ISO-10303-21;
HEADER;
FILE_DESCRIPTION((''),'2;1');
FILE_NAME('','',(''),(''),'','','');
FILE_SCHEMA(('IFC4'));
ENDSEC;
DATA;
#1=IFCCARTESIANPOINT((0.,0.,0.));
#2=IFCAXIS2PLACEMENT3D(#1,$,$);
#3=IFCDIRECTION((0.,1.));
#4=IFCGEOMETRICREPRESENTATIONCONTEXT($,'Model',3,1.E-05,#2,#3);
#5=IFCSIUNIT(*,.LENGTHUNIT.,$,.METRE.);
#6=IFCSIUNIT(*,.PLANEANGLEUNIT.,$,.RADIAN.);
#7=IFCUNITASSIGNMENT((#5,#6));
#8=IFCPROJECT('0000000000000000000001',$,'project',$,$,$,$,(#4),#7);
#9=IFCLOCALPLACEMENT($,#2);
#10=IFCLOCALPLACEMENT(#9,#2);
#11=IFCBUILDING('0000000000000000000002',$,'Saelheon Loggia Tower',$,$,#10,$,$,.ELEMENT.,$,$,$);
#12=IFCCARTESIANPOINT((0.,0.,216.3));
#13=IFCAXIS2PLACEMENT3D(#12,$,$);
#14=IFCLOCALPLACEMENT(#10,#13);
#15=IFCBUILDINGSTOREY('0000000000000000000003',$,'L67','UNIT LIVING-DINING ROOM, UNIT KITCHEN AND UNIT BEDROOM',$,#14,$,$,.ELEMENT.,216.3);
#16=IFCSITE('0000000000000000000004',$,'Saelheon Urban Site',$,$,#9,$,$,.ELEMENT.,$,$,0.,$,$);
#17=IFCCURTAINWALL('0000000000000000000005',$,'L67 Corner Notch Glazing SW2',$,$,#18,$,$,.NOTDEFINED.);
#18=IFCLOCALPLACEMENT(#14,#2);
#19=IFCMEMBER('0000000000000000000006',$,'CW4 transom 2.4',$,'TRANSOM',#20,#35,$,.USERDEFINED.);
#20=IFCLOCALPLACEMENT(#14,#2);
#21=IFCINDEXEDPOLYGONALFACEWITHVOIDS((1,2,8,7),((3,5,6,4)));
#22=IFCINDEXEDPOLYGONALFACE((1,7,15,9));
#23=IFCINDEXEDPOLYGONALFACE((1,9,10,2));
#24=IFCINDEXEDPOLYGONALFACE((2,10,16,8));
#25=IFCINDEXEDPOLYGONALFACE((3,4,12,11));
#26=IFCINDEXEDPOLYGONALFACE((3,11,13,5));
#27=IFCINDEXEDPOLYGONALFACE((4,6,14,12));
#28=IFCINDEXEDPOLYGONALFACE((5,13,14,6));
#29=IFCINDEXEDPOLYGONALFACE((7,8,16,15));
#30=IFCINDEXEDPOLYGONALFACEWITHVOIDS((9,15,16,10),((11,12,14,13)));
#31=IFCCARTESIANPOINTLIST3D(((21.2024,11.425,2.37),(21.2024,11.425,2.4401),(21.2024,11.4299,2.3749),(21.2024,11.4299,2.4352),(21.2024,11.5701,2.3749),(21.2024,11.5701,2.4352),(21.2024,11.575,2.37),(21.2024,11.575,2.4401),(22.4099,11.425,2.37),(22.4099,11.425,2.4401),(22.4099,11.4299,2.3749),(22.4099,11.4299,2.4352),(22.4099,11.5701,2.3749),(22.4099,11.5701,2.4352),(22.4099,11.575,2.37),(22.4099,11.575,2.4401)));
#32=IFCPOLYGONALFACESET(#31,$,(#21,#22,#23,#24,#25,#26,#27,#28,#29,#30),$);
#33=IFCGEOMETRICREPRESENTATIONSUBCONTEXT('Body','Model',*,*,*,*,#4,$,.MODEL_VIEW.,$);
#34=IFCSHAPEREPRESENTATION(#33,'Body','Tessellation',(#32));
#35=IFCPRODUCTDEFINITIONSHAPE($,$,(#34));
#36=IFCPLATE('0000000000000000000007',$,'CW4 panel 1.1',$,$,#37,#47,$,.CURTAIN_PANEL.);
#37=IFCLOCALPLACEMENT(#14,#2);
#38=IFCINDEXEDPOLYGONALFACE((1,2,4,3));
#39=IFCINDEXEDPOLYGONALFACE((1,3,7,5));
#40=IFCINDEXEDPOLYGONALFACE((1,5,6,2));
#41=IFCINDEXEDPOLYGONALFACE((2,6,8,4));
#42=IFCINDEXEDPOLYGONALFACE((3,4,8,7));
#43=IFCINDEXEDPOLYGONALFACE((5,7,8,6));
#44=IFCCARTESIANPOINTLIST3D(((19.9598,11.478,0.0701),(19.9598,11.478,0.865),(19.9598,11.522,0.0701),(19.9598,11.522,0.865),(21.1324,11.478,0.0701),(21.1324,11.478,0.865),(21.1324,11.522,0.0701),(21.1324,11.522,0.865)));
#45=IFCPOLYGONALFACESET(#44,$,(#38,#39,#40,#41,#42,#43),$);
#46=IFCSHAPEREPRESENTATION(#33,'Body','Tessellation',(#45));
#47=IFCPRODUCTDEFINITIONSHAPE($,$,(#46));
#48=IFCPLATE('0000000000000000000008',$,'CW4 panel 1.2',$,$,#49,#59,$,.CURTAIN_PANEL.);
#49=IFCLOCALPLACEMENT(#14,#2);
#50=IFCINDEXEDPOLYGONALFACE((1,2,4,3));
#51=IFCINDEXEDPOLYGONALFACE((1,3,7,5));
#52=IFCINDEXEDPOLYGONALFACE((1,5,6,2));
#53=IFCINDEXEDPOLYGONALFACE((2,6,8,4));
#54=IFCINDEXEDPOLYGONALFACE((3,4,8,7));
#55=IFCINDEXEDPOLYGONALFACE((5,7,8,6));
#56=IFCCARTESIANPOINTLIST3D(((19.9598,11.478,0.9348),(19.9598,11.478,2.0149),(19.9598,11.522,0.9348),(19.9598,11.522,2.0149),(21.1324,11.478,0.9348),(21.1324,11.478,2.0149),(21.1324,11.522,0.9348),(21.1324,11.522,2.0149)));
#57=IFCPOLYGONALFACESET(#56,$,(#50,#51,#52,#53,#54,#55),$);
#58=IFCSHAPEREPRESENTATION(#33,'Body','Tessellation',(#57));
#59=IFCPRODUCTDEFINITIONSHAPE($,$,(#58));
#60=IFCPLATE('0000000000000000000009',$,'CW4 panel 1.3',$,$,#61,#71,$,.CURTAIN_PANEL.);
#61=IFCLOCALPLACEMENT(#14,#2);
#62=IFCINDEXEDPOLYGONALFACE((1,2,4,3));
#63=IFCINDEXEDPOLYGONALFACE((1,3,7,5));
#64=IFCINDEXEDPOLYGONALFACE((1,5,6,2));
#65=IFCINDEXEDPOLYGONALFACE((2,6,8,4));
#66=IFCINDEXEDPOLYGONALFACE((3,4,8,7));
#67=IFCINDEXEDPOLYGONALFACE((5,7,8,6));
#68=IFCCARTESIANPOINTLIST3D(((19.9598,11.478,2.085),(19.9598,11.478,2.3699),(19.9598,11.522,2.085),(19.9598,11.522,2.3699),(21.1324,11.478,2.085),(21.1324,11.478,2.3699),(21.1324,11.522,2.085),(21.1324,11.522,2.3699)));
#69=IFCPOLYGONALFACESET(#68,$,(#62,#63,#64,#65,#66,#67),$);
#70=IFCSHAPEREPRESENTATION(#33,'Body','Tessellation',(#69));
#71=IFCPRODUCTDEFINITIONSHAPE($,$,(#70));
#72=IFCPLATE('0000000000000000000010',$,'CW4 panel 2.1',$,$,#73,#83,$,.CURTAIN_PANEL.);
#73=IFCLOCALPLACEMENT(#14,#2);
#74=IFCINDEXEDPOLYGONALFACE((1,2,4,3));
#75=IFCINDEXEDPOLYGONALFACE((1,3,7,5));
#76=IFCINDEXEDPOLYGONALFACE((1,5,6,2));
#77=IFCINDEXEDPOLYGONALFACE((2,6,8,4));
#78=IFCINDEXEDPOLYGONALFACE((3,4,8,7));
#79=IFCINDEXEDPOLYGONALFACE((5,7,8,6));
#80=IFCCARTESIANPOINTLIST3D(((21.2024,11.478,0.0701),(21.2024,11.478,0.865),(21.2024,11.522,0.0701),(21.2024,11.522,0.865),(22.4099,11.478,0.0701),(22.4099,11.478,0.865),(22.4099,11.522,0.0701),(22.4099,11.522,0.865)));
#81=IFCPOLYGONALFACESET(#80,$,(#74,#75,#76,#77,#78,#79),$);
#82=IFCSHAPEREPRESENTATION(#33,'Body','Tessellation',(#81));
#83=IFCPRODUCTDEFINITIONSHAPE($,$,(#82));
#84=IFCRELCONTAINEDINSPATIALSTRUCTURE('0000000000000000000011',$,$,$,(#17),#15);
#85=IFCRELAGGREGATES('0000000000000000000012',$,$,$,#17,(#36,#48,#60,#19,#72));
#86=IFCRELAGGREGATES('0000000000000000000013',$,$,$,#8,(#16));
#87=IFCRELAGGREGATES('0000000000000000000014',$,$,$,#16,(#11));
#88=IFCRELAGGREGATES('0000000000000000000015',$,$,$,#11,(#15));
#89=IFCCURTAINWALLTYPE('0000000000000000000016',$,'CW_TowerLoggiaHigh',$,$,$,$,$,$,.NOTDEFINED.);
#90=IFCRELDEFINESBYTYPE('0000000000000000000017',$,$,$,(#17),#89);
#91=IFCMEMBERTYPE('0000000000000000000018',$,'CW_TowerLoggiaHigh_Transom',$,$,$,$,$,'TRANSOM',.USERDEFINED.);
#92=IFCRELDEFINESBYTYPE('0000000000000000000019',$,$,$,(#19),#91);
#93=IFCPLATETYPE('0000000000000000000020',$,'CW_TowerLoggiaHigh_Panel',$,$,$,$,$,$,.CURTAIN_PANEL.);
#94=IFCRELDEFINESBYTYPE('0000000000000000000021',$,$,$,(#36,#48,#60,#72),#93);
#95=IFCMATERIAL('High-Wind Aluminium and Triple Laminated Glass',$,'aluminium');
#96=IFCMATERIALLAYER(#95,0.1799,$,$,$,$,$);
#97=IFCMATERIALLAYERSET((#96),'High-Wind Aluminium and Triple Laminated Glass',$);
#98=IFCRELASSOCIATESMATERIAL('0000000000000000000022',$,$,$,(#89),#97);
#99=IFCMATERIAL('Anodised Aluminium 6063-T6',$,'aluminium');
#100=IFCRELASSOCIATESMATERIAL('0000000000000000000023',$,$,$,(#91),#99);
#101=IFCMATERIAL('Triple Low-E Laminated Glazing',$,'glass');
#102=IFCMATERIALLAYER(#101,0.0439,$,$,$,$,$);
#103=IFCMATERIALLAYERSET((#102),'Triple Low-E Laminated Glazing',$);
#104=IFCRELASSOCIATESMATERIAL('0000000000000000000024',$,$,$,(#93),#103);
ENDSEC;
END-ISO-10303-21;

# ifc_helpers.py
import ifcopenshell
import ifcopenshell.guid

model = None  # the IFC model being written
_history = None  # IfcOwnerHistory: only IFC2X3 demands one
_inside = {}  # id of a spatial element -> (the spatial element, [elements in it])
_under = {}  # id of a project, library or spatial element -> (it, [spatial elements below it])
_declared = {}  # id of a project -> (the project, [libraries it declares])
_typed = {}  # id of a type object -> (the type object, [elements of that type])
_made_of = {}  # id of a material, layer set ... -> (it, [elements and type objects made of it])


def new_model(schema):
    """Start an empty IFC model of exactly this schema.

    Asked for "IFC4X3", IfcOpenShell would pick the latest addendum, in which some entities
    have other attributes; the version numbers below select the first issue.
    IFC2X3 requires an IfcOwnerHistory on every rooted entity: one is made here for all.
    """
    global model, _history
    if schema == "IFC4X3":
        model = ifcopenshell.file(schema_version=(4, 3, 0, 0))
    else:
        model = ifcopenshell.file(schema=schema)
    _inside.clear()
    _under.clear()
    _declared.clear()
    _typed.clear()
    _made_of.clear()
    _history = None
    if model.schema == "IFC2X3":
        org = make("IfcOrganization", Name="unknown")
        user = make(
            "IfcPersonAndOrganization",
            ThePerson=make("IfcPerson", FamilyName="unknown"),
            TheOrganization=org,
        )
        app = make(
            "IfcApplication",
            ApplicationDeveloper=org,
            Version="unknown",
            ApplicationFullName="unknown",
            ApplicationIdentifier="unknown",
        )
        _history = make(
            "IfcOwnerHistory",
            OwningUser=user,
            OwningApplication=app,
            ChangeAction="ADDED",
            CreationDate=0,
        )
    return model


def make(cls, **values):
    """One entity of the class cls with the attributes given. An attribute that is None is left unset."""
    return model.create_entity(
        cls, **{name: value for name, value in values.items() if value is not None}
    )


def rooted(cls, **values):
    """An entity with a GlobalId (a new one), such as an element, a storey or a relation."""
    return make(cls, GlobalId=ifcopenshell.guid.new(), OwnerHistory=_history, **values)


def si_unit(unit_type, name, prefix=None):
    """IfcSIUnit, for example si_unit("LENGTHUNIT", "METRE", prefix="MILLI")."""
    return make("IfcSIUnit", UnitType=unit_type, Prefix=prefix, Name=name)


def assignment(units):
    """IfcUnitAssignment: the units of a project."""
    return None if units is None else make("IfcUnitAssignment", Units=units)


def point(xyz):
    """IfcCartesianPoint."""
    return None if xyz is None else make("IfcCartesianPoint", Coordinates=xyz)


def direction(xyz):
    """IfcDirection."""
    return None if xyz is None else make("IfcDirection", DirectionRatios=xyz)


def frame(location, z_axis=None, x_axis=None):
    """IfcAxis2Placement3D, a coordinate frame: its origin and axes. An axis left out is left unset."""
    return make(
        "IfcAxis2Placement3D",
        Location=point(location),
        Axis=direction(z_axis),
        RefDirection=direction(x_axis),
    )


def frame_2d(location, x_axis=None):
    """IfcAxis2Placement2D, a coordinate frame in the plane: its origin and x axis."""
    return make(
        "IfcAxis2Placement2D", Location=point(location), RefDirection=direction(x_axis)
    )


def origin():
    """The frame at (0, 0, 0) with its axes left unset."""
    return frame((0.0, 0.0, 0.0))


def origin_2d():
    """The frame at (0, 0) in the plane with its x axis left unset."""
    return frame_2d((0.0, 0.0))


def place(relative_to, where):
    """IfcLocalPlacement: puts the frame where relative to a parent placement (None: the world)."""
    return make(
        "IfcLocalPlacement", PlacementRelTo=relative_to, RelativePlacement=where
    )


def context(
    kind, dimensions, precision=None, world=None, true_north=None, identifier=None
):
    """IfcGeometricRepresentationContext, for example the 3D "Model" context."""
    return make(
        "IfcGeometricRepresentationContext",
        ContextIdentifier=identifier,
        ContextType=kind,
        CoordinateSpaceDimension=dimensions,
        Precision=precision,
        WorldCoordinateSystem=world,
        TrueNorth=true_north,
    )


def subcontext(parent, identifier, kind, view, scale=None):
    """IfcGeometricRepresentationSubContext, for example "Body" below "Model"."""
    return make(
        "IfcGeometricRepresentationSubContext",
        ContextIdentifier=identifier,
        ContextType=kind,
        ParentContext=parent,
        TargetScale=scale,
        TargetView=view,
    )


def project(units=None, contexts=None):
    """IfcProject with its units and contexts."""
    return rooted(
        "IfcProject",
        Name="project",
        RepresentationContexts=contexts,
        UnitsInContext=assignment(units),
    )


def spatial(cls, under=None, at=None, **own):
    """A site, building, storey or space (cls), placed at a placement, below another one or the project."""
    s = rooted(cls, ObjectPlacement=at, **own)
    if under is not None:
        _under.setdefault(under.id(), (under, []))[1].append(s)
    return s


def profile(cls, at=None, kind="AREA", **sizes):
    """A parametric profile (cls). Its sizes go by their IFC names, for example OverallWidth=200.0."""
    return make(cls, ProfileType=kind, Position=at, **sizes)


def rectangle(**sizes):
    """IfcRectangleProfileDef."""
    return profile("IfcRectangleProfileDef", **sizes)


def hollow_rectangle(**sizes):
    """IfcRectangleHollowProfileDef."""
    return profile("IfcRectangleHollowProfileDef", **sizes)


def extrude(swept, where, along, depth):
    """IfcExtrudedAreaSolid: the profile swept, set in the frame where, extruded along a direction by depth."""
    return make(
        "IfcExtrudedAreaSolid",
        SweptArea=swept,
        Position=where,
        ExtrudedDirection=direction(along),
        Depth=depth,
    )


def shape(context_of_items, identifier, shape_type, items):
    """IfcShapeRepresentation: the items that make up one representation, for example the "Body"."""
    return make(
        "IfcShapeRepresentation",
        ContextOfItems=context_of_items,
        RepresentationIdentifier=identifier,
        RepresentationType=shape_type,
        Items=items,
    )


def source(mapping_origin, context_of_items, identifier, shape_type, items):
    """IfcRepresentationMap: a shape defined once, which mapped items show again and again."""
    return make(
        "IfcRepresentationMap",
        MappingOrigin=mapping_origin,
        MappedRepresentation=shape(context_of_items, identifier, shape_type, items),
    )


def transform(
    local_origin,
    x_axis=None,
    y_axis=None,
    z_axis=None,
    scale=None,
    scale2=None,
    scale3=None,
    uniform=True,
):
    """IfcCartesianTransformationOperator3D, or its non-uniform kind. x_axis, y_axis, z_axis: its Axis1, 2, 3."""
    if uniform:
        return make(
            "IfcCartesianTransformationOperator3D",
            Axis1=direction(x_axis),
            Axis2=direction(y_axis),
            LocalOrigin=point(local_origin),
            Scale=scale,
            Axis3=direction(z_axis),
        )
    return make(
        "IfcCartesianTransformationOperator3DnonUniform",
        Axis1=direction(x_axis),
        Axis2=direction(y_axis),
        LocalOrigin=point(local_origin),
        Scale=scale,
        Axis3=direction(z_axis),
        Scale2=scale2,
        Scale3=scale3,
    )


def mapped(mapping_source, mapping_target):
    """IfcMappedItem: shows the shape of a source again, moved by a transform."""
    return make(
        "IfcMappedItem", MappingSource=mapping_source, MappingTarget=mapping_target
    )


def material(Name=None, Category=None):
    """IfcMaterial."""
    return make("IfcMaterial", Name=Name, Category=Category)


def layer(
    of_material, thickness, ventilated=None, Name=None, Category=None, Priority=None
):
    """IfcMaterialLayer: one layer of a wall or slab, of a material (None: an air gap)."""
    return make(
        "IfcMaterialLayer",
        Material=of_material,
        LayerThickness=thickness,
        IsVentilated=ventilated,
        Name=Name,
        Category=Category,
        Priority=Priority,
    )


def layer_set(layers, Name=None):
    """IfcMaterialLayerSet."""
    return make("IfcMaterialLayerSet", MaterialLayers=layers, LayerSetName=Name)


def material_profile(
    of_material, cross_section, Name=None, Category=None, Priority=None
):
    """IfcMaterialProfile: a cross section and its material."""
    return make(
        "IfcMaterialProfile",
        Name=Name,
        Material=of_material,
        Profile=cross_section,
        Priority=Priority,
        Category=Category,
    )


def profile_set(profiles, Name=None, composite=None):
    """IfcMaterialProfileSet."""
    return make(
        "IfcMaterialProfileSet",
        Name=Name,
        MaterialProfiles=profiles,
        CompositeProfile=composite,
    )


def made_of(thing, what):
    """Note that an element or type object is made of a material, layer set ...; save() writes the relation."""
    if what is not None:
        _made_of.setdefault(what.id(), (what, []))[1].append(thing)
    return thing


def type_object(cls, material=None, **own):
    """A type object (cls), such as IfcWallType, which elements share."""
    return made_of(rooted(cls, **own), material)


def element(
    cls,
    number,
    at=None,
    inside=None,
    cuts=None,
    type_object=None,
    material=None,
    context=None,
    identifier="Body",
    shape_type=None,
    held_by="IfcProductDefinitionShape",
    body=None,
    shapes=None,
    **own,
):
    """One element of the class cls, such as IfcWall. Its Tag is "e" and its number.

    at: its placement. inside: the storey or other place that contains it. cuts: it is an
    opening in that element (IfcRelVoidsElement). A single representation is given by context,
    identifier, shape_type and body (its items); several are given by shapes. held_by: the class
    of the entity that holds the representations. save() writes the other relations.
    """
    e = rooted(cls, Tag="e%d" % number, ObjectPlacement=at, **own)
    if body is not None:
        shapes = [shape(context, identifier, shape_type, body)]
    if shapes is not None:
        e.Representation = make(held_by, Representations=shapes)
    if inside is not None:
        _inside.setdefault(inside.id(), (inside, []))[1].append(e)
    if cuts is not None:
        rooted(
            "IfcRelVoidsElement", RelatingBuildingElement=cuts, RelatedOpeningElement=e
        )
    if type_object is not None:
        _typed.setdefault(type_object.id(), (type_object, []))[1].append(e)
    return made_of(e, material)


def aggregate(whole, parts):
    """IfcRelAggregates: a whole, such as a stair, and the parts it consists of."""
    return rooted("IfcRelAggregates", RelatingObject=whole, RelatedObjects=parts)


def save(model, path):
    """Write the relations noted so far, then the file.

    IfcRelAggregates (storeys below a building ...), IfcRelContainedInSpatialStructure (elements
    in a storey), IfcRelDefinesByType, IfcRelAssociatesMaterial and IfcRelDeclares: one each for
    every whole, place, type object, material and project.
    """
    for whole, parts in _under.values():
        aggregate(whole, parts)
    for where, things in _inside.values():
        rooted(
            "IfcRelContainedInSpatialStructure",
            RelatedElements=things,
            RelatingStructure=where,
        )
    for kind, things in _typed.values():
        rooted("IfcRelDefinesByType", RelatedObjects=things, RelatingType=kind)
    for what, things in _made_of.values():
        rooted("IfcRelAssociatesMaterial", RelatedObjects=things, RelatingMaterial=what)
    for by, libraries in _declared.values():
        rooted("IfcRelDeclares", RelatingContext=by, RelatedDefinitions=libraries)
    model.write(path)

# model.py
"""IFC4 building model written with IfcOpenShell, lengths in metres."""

from ifc_helpers import new_model, si_unit, direction, frame, origin, origin_2d, place, context, subcontext, project, spatial, rectangle, hollow_rectangle, extrude, source, transform, mapped, material, layer, layer_set, material_profile, profile_set, type_object, element, aggregate, save


model = new_model("IFC4")

# Units and contexts
model_context = context("Model", 3, precision=1e-05, world=origin(), true_north=direction((0.0, 1.0)))
body_context = subcontext(model_context, "Body", "Model", "MODEL_VIEW")
ifc_project = project(units=[si_unit("LENGTHUNIT", "METRE"), si_unit("PLANEANGLEUNIT", "RADIAN")], contexts=[model_context])

# Site, building, storey
site_placement = place(None, origin())
site = spatial("IfcSite", under=ifc_project, at=site_placement, Name="Saelheon Urban Site", CompositionType="ELEMENT", RefElevation=0.0)
building_placement = place(site_placement, origin())
building = spatial("IfcBuilding", under=site, at=building_placement, Name="Saelheon Loggia Tower", CompositionType="ELEMENT")
storey_placement = place(building_placement, frame((0.0, 0.0, 216.3)))
storey = spatial("IfcBuildingStorey", under=building, at=storey_placement, Name="L67", Description="UNIT LIVING-DINING ROOM, UNIT KITCHEN AND UNIT BEDROOM", CompositionType="ELEMENT", Elevation=216.3)

# Curtain wall, member, plates
ifc_material_1 = material(Name="High-Wind Aluminium and Triple Laminated Glass", Category="aluminium")
ifc_layer_1 = layer(ifc_material_1, 0.1799)
ifc_layer_set_1 = layer_set([ifc_layer_1], Name="High-Wind Aluminium and Triple Laminated Glass")
curtain_wall_type = type_object("IfcCurtainWallType", Name="CW_TowerLoggiaHigh", PredefinedType="NOTDEFINED", material=ifc_layer_set_1)
curtain_wall_placement = place(storey_placement, origin())
curtain_wall = element("IfcCurtainWall", 1, at=curtain_wall_placement, inside=storey, type_object=curtain_wall_type, Name="L67 Corner Notch Glazing SW2", PredefinedType="NOTDEFINED")
ifc_material_2 = material(Name="Anodised Aluminium 6063-T6", Category="aluminium")
ifc_material_profile_1 = material_profile(ifc_material_2, hollow_rectangle(XDim=0.0701, YDim=0.1499, WallThickness=0.0049, at=origin_2d()), Name="RHS-150x70x5")
ifc_profile_set_1 = profile_set([ifc_material_profile_1], Name="Anodised Aluminium 6063-T6")
member_type_1 = type_object("IfcMemberType", Name="CW_TowerLoggiaHigh_Transom", ElementType="TRANSOM", PredefinedType="USERDEFINED", material=ifc_profile_set_1)
shared_shape_1 = source(origin(), body_context, "Body", "SweptSolid", [
    extrude(hollow_rectangle(XDim=0.0701, YDim=0.1499, WallThickness=0.0049, at=origin_2d()), origin(), (0.0, 0.0, 1.0), 1.2075),
])
member_1_placement = place(storey_placement, frame((21.2024, 11.5, 2.405), z_axis=(1.0, 0.0, 0.0), x_axis=(0.0, 0.0, 1.0)))
member_1 = element("IfcMember", 2, at=member_1_placement, type_object=member_type_1, Name="CW4 transom 2.4", ObjectType="TRANSOM", PredefinedType="USERDEFINED", context=body_context, shape_type="MappedRepresentation", body=[
    mapped(shared_shape_1, transform((0.0, 0.0, 0.0), scale=1.0)),
])
ifc_material_3 = material(Name="Triple Low-E Laminated Glazing", Category="glass")
ifc_layer_2 = layer(ifc_material_3, 0.0439)
ifc_layer_set_2 = layer_set([ifc_layer_2], Name="Triple Low-E Laminated Glazing")
plate_type = type_object("IfcPlateType", Name="CW_TowerLoggiaHigh_Panel", PredefinedType="CURTAIN_PANEL", material=ifc_layer_set_2)
shared_shape_2 = source(origin(), body_context, "Body", "SweptSolid", [
    extrude(rectangle(XDim=1.1726, YDim=0.0439, at=origin_2d()), origin(), (0.0, 0.0, 1.0), 0.7949),
])
plate_1_placement = place(storey_placement, frame((20.5461, 11.5, 0.0701), z_axis=(0.0, 0.0, 1.0), x_axis=(1.0, 0.0, 0.0)))
plate_1 = element("IfcPlate", 3, at=plate_1_placement, type_object=plate_type, Name="CW4 panel 1.1", PredefinedType="CURTAIN_PANEL", context=body_context, shape_type="MappedRepresentation", body=[
    mapped(shared_shape_2, transform((0.0, 0.0, 0.0), scale=1.0)),
])
shared_shape_3 = source(origin(), body_context, "Body", "SweptSolid", [
    extrude(rectangle(XDim=1.1726, YDim=0.0439, at=origin_2d()), origin(), (0.0, 0.0, 1.0), 1.0801),
])
plate_2_placement = place(storey_placement, frame((20.5461, 11.5, 0.9348), z_axis=(0.0, 0.0, 1.0), x_axis=(1.0, 0.0, 0.0)))
plate_2 = element("IfcPlate", 4, at=plate_2_placement, type_object=plate_type, Name="CW4 panel 1.2", PredefinedType="CURTAIN_PANEL", context=body_context, shape_type="MappedRepresentation", body=[
    mapped(shared_shape_3, transform((0.0, 0.0, 0.0), scale=1.0)),
])
shared_shape_4 = source(origin(), body_context, "Body", "SweptSolid", [
    extrude(rectangle(XDim=1.1726, YDim=0.0439, at=origin_2d()), origin(), (0.0, 0.0, 1.0), 0.2849),
])
plate_3_placement = place(storey_placement, frame((20.5461, 11.5, 2.085), z_axis=(0.0, 0.0, 1.0), x_axis=(1.0, 0.0, 0.0)))
plate_3 = element("IfcPlate", 5, at=plate_3_placement, type_object=plate_type, Name="CW4 panel 1.3", PredefinedType="CURTAIN_PANEL", context=body_context, shape_type="MappedRepresentation", body=[
    mapped(shared_shape_4, transform((0.0, 0.0, 0.0), scale=1.0)),
])
shared_shape_5 = source(origin(), body_context, "Body", "SweptSolid", [
    extrude(rectangle(XDim=1.2075, YDim=0.0439, at=origin_2d()), origin(), (0.0, 0.0, 1.0), 0.7949),
])
plate_4_placement = place(storey_placement, frame((21.8062, 11.5, 0.0701), z_axis=(0.0, 0.0, 1.0), x_axis=(1.0, 0.0, 0.0)))
plate_4 = element("IfcPlate", 6, at=plate_4_placement, type_object=plate_type, Name="CW4 panel 2.1", PredefinedType="CURTAIN_PANEL", context=body_context, shape_type="MappedRepresentation", body=[
    mapped(shared_shape_5, transform((0.0, 0.0, 0.0), scale=1.0)),
])
aggregate(curtain_wall, [plate_1, plate_2, plate_3, member_1, plate_4])

save(model, "model.ifc")
